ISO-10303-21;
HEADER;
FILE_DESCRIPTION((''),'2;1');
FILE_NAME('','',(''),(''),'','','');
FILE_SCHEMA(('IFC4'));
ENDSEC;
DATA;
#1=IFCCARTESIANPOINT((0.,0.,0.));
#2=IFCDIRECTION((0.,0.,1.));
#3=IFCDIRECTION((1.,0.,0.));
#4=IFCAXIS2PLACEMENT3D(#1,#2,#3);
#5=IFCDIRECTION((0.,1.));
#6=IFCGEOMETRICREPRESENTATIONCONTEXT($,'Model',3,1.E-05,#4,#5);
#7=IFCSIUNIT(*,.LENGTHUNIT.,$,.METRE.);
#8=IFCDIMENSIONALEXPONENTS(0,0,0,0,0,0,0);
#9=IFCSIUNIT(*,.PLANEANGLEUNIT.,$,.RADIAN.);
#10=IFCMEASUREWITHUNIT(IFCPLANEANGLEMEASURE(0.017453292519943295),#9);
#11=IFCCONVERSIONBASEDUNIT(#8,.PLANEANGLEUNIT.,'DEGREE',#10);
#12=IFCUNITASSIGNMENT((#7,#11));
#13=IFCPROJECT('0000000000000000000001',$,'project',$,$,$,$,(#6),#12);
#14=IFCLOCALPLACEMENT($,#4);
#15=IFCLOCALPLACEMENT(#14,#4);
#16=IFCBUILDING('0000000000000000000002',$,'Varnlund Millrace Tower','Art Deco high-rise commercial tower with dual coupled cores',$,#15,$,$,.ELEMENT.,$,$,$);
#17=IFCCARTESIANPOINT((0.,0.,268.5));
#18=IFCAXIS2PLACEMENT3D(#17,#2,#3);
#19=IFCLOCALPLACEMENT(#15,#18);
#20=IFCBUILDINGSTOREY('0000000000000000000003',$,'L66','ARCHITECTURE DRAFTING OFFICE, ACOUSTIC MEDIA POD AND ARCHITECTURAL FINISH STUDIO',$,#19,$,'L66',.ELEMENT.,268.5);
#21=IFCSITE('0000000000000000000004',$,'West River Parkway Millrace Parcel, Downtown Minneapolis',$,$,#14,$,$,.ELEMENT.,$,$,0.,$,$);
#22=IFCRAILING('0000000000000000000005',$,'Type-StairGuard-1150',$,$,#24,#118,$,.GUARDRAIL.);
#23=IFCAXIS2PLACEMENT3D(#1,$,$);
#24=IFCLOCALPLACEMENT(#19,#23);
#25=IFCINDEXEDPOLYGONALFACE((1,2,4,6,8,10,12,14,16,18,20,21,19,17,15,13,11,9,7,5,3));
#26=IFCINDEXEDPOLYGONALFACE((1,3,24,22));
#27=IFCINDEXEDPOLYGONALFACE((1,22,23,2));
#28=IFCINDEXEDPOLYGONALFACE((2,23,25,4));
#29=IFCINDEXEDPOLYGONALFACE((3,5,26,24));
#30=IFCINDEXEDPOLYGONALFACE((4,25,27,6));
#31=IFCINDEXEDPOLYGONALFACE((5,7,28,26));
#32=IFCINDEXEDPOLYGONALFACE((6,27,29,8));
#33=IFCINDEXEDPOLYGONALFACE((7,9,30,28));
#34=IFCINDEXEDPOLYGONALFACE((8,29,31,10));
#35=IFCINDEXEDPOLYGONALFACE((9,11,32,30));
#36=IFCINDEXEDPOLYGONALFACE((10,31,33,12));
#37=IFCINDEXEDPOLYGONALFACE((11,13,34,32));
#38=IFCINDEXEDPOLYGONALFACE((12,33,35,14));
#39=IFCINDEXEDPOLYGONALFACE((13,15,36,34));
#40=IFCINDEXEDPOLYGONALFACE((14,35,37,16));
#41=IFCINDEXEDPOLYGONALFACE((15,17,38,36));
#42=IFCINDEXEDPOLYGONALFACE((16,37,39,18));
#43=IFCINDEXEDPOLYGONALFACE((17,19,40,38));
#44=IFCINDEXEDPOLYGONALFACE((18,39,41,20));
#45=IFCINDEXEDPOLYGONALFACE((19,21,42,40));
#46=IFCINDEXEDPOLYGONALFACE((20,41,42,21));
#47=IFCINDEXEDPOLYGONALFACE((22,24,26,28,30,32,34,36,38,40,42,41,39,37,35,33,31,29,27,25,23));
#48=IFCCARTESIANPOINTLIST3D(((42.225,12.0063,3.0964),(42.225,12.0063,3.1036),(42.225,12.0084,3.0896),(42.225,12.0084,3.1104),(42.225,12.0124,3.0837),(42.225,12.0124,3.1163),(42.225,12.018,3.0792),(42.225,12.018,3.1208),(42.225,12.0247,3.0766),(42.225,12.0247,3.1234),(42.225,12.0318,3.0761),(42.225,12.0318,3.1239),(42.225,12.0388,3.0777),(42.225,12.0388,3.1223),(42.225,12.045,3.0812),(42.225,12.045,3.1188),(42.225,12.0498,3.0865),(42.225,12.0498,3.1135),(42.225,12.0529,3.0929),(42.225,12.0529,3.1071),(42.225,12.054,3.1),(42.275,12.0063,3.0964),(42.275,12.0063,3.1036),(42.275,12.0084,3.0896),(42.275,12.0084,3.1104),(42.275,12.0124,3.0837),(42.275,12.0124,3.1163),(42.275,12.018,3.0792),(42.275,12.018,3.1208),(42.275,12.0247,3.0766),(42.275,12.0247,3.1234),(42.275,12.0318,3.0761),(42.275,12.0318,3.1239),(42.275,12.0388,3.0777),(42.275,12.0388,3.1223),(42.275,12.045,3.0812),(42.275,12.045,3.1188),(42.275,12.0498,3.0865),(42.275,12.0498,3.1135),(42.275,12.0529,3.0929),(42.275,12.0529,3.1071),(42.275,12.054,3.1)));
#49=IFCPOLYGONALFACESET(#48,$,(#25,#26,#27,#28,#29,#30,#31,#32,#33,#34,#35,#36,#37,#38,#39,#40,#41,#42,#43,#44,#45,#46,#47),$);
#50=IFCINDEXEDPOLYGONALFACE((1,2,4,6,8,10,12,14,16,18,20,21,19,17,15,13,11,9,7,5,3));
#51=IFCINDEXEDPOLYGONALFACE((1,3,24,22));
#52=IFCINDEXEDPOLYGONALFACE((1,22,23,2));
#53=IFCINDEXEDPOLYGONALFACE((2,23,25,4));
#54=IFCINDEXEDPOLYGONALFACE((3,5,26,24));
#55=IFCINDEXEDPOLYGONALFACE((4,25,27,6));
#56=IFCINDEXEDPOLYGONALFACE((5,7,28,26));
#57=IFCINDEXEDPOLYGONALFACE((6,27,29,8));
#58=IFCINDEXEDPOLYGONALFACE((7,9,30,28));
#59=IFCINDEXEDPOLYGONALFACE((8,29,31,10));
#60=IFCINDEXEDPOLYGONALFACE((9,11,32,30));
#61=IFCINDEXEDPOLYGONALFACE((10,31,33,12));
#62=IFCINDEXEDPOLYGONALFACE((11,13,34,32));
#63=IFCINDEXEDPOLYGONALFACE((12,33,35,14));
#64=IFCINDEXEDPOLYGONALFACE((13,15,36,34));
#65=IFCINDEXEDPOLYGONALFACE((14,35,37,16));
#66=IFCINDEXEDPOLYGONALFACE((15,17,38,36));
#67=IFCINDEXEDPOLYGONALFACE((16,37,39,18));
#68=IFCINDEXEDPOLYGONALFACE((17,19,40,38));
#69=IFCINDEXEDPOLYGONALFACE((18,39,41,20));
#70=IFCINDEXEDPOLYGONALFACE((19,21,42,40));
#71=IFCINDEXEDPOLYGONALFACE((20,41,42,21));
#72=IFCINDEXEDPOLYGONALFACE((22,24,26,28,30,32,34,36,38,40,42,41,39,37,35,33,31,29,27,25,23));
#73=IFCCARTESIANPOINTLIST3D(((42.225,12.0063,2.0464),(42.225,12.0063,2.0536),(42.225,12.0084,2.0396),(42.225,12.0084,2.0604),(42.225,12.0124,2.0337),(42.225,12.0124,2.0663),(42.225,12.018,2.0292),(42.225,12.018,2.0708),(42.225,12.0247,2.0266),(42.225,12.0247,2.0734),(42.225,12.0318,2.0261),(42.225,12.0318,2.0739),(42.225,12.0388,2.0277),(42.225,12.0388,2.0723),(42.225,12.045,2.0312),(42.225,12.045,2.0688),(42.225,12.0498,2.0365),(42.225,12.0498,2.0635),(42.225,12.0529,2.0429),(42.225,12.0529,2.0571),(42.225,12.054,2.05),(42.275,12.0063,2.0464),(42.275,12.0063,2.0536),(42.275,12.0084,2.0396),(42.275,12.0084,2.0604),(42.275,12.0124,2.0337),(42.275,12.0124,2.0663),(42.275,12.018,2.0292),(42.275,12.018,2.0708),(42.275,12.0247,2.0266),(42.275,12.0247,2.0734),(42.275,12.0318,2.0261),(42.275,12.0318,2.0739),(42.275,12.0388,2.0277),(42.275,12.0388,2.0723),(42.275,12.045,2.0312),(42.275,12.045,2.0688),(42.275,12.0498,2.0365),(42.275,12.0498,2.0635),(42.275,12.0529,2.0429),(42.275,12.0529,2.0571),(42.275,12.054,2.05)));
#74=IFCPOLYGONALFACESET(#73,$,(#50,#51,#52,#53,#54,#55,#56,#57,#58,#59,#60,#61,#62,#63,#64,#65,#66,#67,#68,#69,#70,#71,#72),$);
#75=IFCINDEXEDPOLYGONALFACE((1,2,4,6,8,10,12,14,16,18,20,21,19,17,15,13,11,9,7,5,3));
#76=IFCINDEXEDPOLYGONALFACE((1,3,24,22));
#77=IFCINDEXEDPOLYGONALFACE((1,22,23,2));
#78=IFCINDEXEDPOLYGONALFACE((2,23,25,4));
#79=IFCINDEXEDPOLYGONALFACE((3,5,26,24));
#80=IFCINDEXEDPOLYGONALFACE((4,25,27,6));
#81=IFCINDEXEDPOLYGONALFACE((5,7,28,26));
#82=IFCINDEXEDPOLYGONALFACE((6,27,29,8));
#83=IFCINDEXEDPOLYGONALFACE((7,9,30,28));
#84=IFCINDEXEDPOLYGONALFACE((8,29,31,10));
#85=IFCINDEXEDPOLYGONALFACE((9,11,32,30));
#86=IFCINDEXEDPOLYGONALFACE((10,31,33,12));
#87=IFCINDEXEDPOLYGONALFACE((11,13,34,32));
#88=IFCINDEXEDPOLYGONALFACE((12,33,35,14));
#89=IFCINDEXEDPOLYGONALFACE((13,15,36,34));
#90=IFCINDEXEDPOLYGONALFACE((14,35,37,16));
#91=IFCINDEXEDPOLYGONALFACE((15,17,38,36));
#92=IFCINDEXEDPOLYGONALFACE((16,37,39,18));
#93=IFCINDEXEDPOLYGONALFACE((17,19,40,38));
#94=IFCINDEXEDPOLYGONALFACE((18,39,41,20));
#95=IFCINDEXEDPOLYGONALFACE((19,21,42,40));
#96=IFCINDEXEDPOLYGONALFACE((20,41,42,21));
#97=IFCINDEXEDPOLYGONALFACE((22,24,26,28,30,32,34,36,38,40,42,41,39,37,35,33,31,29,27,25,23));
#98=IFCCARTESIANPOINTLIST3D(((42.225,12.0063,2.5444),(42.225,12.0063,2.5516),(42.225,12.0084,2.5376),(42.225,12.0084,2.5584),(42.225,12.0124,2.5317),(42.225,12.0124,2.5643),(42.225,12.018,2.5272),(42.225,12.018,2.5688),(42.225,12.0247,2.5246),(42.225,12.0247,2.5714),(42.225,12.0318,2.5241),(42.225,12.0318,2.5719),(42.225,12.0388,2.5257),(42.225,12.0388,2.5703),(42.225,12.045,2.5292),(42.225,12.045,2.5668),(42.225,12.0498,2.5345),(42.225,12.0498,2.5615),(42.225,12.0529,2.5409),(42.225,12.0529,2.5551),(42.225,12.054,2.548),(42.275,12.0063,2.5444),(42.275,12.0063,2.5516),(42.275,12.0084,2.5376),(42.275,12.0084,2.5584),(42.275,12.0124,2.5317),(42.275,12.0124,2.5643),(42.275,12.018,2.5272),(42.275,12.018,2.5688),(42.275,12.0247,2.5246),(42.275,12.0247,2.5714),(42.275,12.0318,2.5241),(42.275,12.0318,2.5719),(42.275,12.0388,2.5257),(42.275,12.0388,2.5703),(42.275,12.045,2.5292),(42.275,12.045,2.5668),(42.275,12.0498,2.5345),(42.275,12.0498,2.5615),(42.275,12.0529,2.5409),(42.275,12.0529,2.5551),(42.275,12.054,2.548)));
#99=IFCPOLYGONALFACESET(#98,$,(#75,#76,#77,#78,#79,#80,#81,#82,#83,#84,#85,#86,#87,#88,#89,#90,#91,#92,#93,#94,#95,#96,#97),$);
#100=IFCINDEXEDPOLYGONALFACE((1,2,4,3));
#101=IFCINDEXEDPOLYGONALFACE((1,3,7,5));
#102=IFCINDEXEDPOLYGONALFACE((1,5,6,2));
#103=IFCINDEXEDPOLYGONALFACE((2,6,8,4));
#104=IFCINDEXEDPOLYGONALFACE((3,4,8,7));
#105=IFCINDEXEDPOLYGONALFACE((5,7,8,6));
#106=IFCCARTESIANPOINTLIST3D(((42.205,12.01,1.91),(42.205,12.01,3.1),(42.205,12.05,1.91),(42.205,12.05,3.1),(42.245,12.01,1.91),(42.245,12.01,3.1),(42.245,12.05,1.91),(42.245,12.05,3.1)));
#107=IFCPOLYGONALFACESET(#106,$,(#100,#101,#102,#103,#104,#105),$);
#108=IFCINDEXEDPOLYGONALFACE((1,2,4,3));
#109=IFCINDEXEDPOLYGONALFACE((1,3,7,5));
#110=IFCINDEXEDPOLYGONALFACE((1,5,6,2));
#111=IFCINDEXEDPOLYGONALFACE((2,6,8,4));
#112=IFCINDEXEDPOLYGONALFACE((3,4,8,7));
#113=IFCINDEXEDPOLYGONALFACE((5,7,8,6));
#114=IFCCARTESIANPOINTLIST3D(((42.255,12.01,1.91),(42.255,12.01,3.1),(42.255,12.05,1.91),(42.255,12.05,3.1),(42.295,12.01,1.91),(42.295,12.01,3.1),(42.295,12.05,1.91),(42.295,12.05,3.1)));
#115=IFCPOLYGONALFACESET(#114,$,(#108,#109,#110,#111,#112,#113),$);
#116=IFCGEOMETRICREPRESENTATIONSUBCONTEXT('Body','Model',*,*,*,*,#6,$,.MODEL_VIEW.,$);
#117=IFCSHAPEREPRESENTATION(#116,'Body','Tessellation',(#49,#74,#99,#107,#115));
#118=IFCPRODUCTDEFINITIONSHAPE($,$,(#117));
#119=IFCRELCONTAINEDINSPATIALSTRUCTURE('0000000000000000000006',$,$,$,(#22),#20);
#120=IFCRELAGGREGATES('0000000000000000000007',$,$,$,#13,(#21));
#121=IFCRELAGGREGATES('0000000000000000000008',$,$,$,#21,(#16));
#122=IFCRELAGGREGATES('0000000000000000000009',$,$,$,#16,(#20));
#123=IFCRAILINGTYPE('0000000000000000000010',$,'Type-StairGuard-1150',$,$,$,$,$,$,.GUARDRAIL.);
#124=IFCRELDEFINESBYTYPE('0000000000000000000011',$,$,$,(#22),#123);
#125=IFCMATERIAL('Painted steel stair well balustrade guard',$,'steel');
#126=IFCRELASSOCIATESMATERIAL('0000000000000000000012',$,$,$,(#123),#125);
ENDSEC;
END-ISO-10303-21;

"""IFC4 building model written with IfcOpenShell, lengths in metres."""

from ifc_helpers import new_model, entity, si_unit, converted_unit, direction, frame, origin_with_axes, origin_2d_with_axis, place, context, subcontext, project, spatial, rectangle, circle, extrude, material, type_object, element, save


model = new_model("IFC4")

# Units and contexts
model_context = context("Model", 3, precision=1e-05, world=origin_with_axes(), true_north=direction((0.0, 1.0)))
body_context = subcontext(model_context, "Body", "Model", "MODEL_VIEW")
ifc_project = project(units=[si_unit("LENGTHUNIT", "METRE"), converted_unit("PLANEANGLEUNIT", "DEGREE", entity("IfcPlaneAngleMeasure", 0.017453292519943295), si_unit("PLANEANGLEUNIT", "RADIAN"), dimensions=[0, 0, 0, 0, 0, 0, 0])], contexts=[model_context])

# Site, building, storey
site_placement = place(None, origin_with_axes())
site = spatial("IfcSite", under=ifc_project, at=site_placement, Name="West River Parkway Millrace Parcel, Downtown Minneapolis", CompositionType="ELEMENT", RefElevation=0.0)
building_placement = place(site_placement, origin_with_axes())
building = spatial("IfcBuilding", under=site, at=building_placement, Name="Varnlund Millrace Tower", Description="Art Deco high-rise commercial tower with dual coupled cores", CompositionType="ELEMENT")
storey_placement = place(building_placement, frame((0.0, 0.0, 268.5), z_axis=(0.0, 0.0, 1.0), x_axis=(1.0, 0.0, 0.0)))
storey = spatial("IfcBuildingStorey", under=building, at=storey_placement, Name="L66", Description="ARCHITECTURE DRAFTING OFFICE, ACOUSTIC MEDIA POD AND ARCHITECTURAL FINISH STUDIO", LongName="L66", CompositionType="ELEMENT", Elevation=268.5)

# Railing
ifc_material_1 = material(Name="Painted steel stair well balustrade guard", Category="steel")
railing_type_1 = type_object("IfcRailingType", Name="Type-StairGuard-1150", PredefinedType="GUARDRAIL", material=ifc_material_1)
railing_1_placement = place(storey_placement, frame((0.0, 0.0, -268.5), z_axis=(0.0, 0.0, 1.0), x_axis=(1.0, 0.0, 0.0)))
element("IfcRailing", 1, at=railing_1_placement, inside=storey, type_object=railing_type_1, Name="Type-StairGuard-1150", PredefinedType="GUARDRAIL", context=body_context, shape_type="SweptSolid", body=[
    extrude(circle(Radius=0.024, at=origin_2d_with_axis()), frame((42.225, 12.03, 271.6), z_axis=(1.0, 0.0, 0.0), x_axis=(0.0, 1.0, 0.0)), (0.0, 0.0, 1.0), 0.05),
    extrude(circle(Radius=0.024, at=origin_2d_with_axis()), frame((42.225, 12.03, 270.55), z_axis=(1.0, 0.0, 0.0), x_axis=(0.0, 1.0, 0.0)), (0.0, 0.0, 1.0), 0.05),
    extrude(circle(Radius=0.024, at=origin_2d_with_axis()), frame((42.225, 12.03, 271.048), z_axis=(1.0, 0.0, 0.0), x_axis=(0.0, 1.0, 0.0)), (0.0, 0.0, 1.0), 0.05),
    extrude(rectangle(XDim=0.04, YDim=0.04, at=origin_2d_with_axis()), frame((42.225, 12.03, 270.41), z_axis=(0.0, 0.0, 1.0), x_axis=(1.0, 0.0, 0.0)), (0.0, 0.0, 1.0), 1.19),
    extrude(rectangle(XDim=0.04, YDim=0.04, at=origin_2d_with_axis()), frame((42.275, 12.03, 270.41), z_axis=(0.0, 0.0, 1.0), x_axis=(1.0, 0.0, 0.0)), (0.0, 0.0, 1.0), 1.19),
])

save(model, "model.ifc")
